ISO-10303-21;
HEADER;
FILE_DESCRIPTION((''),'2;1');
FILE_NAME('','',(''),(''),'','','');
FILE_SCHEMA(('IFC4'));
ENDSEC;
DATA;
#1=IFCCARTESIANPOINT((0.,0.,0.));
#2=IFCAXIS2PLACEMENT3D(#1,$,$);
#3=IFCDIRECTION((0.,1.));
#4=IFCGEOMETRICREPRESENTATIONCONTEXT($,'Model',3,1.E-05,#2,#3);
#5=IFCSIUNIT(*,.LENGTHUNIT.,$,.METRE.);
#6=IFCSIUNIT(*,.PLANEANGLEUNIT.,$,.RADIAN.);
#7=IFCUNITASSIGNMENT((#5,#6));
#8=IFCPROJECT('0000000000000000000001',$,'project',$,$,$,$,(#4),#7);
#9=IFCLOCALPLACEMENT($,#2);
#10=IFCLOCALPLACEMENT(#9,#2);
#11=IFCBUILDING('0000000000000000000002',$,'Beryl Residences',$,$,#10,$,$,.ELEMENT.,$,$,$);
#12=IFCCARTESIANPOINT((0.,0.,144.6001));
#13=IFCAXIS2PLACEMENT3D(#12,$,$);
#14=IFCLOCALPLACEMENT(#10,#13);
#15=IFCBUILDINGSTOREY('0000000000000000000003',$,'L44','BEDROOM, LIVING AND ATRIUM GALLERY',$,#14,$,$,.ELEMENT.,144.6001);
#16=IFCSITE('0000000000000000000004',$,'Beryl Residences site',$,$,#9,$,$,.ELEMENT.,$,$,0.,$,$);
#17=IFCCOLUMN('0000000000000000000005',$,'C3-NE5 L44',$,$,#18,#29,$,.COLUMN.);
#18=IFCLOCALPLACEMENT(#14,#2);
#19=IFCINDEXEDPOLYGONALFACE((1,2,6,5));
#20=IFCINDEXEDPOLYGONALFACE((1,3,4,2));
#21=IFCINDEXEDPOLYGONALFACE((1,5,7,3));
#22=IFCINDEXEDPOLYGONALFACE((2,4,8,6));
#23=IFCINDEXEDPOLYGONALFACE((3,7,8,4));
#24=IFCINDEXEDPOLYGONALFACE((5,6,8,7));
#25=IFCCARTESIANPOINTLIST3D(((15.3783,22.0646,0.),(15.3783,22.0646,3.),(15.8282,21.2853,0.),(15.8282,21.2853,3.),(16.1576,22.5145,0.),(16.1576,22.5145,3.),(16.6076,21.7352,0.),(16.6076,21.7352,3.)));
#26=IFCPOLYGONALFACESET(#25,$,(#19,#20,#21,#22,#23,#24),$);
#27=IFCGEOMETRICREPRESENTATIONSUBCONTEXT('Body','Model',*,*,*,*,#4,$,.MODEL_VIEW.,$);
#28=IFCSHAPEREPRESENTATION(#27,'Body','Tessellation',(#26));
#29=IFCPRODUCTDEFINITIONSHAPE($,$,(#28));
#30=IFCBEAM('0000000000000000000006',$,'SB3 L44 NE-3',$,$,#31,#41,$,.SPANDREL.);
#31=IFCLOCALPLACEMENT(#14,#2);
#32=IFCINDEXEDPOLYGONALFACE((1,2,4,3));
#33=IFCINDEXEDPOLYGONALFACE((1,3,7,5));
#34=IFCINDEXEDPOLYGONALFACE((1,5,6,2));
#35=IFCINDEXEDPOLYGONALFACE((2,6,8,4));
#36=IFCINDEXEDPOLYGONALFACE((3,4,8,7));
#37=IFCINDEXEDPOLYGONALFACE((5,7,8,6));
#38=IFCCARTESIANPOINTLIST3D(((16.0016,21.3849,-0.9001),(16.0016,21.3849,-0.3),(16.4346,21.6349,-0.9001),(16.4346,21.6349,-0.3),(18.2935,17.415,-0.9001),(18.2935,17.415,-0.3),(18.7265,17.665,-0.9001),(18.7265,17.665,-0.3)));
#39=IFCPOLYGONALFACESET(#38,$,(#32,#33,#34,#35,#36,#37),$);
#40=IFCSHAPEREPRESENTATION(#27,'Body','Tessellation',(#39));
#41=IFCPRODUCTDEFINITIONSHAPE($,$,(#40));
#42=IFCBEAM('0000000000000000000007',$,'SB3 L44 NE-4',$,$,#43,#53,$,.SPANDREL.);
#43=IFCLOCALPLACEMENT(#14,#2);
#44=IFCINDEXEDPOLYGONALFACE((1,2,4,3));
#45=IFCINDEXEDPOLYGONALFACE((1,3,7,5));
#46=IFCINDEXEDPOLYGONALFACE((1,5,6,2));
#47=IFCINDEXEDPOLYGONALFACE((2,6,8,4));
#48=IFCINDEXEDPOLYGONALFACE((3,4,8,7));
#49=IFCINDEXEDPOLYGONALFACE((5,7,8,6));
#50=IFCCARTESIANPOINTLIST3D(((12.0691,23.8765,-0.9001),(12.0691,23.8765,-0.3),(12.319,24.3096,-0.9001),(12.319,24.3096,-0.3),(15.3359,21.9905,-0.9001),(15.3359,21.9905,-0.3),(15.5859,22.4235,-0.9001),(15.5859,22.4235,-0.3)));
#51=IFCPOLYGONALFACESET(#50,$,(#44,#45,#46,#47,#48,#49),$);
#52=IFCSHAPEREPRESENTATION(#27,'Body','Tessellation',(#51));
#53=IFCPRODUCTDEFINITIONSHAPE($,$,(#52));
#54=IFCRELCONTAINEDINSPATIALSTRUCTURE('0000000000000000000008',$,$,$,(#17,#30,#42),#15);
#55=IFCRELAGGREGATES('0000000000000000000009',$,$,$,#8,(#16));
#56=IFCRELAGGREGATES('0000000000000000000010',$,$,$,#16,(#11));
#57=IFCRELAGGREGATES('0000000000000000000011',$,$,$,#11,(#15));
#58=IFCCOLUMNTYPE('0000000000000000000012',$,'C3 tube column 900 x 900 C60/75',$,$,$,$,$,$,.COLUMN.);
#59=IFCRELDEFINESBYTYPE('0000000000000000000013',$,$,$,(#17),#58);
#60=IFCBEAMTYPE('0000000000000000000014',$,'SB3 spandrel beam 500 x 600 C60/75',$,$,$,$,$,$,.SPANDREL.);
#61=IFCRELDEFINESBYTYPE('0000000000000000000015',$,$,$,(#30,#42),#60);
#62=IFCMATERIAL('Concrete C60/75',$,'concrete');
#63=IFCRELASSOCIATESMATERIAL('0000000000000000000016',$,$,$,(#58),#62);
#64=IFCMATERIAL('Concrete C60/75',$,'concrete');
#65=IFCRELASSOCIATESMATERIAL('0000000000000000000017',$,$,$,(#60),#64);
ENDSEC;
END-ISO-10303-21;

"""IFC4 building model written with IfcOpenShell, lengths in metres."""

from ifc_helpers import new_model, si_unit, direction, frame, origin, origin_2d, place, context, subcontext, project, spatial, rectangle, extrude, material, material_profile, profile_set, type_object, element, save


model = new_model("IFC4")

# Units and contexts
model_context = context("Model", 3, precision=1e-05, world=origin(), true_north=direction((0.0, 1.0)))
body_context = subcontext(model_context, "Body", "Model", "MODEL_VIEW")
ifc_project = project(units=[si_unit("LENGTHUNIT", "METRE"), si_unit("PLANEANGLEUNIT", "RADIAN")], contexts=[model_context])

# Site, building, storey
site_placement = place(None, origin())
site = spatial("IfcSite", under=ifc_project, at=site_placement, Name="Beryl Residences site", CompositionType="ELEMENT", RefElevation=0.0)
building_placement = place(site_placement, origin())
building = spatial("IfcBuilding", under=site, at=building_placement, Name="Beryl Residences", CompositionType="ELEMENT")
storey_placement = place(building_placement, frame((0.0, 0.0, 144.6001)))
storey = spatial("IfcBuildingStorey", under=building, at=storey_placement, Name="L44", Description="BEDROOM, LIVING AND ATRIUM GALLERY", CompositionType="ELEMENT", Elevation=144.6001)

# Column
ifc_material_1 = material(Name="Concrete C60/75", Category="concrete")
ifc_material_profile_1 = material_profile(ifc_material_1, rectangle(XDim=0.8999, YDim=0.8999, at=origin_2d()))
ifc_profile_set_1 = profile_set([ifc_material_profile_1], Name="Concrete C60/75")
column_type = type_object("IfcColumnType", Name="C3 tube column 900 x 900 C60/75", PredefinedType="COLUMN", material=ifc_profile_set_1)
column_placement = place(storey_placement, frame((15.9929, 21.8999, 0.0), z_axis=(0.0, 0.0, 1.0), x_axis=(-0.5, 0.866025, 0.0)))
element("IfcColumn", 1, at=column_placement, inside=storey, type_object=column_type, Name="C3-NE5 L44", PredefinedType="COLUMN", context=body_context, shape_type="SweptSolid", body=[
    extrude(rectangle(XDim=0.8999, YDim=0.8999, at=origin_2d()), origin(), (0.0, 0.0, 1.0), 3.0),
])

# Beams
ifc_material_2 = material(Name="Concrete C60/75", Category="concrete")
ifc_material_profile_2 = material_profile(ifc_material_2, rectangle(XDim=0.5, YDim=0.6001, at=origin_2d()))
ifc_profile_set_2 = profile_set([ifc_material_profile_2], Name="Concrete C60/75")
beam_type = type_object("IfcBeamType", Name="SB3 spandrel beam 500 x 600 C60/75", PredefinedType="SPANDREL", material=ifc_profile_set_2)
beam_1_placement = place(storey_placement, frame((18.51, 17.54, -0.6001), z_axis=(-0.499988, 0.866032, 0.0), x_axis=(-0.866032, -0.499988, 0.0)))
element("IfcBeam", 2, at=beam_1_placement, inside=storey, type_object=beam_type, Name="SB3 L44 NE-3", PredefinedType="SPANDREL", context=body_context, shape_type="SweptSolid", body=[
    extrude(rectangle(XDim=0.5, YDim=0.6001, at=origin_2d()), origin(), (0.0, 0.0, 1.0), 4.584),
])
beam_2_placement = place(storey_placement, frame((15.4609, 22.207, -0.6001), z_axis=(-0.86604, 0.499975, 0.0), x_axis=(-0.499975, -0.86604, 0.0)))
element("IfcBeam", 3, at=beam_2_placement, inside=storey, type_object=beam_type, Name="SB3 L44 NE-4", PredefinedType="SPANDREL", context=body_context, shape_type="SweptSolid", body=[
    extrude(rectangle(XDim=0.5, YDim=0.6001, at=origin_2d()), origin(), (0.0, 0.0, 1.0), 3.7722),
])

save(model, "model.ifc")
